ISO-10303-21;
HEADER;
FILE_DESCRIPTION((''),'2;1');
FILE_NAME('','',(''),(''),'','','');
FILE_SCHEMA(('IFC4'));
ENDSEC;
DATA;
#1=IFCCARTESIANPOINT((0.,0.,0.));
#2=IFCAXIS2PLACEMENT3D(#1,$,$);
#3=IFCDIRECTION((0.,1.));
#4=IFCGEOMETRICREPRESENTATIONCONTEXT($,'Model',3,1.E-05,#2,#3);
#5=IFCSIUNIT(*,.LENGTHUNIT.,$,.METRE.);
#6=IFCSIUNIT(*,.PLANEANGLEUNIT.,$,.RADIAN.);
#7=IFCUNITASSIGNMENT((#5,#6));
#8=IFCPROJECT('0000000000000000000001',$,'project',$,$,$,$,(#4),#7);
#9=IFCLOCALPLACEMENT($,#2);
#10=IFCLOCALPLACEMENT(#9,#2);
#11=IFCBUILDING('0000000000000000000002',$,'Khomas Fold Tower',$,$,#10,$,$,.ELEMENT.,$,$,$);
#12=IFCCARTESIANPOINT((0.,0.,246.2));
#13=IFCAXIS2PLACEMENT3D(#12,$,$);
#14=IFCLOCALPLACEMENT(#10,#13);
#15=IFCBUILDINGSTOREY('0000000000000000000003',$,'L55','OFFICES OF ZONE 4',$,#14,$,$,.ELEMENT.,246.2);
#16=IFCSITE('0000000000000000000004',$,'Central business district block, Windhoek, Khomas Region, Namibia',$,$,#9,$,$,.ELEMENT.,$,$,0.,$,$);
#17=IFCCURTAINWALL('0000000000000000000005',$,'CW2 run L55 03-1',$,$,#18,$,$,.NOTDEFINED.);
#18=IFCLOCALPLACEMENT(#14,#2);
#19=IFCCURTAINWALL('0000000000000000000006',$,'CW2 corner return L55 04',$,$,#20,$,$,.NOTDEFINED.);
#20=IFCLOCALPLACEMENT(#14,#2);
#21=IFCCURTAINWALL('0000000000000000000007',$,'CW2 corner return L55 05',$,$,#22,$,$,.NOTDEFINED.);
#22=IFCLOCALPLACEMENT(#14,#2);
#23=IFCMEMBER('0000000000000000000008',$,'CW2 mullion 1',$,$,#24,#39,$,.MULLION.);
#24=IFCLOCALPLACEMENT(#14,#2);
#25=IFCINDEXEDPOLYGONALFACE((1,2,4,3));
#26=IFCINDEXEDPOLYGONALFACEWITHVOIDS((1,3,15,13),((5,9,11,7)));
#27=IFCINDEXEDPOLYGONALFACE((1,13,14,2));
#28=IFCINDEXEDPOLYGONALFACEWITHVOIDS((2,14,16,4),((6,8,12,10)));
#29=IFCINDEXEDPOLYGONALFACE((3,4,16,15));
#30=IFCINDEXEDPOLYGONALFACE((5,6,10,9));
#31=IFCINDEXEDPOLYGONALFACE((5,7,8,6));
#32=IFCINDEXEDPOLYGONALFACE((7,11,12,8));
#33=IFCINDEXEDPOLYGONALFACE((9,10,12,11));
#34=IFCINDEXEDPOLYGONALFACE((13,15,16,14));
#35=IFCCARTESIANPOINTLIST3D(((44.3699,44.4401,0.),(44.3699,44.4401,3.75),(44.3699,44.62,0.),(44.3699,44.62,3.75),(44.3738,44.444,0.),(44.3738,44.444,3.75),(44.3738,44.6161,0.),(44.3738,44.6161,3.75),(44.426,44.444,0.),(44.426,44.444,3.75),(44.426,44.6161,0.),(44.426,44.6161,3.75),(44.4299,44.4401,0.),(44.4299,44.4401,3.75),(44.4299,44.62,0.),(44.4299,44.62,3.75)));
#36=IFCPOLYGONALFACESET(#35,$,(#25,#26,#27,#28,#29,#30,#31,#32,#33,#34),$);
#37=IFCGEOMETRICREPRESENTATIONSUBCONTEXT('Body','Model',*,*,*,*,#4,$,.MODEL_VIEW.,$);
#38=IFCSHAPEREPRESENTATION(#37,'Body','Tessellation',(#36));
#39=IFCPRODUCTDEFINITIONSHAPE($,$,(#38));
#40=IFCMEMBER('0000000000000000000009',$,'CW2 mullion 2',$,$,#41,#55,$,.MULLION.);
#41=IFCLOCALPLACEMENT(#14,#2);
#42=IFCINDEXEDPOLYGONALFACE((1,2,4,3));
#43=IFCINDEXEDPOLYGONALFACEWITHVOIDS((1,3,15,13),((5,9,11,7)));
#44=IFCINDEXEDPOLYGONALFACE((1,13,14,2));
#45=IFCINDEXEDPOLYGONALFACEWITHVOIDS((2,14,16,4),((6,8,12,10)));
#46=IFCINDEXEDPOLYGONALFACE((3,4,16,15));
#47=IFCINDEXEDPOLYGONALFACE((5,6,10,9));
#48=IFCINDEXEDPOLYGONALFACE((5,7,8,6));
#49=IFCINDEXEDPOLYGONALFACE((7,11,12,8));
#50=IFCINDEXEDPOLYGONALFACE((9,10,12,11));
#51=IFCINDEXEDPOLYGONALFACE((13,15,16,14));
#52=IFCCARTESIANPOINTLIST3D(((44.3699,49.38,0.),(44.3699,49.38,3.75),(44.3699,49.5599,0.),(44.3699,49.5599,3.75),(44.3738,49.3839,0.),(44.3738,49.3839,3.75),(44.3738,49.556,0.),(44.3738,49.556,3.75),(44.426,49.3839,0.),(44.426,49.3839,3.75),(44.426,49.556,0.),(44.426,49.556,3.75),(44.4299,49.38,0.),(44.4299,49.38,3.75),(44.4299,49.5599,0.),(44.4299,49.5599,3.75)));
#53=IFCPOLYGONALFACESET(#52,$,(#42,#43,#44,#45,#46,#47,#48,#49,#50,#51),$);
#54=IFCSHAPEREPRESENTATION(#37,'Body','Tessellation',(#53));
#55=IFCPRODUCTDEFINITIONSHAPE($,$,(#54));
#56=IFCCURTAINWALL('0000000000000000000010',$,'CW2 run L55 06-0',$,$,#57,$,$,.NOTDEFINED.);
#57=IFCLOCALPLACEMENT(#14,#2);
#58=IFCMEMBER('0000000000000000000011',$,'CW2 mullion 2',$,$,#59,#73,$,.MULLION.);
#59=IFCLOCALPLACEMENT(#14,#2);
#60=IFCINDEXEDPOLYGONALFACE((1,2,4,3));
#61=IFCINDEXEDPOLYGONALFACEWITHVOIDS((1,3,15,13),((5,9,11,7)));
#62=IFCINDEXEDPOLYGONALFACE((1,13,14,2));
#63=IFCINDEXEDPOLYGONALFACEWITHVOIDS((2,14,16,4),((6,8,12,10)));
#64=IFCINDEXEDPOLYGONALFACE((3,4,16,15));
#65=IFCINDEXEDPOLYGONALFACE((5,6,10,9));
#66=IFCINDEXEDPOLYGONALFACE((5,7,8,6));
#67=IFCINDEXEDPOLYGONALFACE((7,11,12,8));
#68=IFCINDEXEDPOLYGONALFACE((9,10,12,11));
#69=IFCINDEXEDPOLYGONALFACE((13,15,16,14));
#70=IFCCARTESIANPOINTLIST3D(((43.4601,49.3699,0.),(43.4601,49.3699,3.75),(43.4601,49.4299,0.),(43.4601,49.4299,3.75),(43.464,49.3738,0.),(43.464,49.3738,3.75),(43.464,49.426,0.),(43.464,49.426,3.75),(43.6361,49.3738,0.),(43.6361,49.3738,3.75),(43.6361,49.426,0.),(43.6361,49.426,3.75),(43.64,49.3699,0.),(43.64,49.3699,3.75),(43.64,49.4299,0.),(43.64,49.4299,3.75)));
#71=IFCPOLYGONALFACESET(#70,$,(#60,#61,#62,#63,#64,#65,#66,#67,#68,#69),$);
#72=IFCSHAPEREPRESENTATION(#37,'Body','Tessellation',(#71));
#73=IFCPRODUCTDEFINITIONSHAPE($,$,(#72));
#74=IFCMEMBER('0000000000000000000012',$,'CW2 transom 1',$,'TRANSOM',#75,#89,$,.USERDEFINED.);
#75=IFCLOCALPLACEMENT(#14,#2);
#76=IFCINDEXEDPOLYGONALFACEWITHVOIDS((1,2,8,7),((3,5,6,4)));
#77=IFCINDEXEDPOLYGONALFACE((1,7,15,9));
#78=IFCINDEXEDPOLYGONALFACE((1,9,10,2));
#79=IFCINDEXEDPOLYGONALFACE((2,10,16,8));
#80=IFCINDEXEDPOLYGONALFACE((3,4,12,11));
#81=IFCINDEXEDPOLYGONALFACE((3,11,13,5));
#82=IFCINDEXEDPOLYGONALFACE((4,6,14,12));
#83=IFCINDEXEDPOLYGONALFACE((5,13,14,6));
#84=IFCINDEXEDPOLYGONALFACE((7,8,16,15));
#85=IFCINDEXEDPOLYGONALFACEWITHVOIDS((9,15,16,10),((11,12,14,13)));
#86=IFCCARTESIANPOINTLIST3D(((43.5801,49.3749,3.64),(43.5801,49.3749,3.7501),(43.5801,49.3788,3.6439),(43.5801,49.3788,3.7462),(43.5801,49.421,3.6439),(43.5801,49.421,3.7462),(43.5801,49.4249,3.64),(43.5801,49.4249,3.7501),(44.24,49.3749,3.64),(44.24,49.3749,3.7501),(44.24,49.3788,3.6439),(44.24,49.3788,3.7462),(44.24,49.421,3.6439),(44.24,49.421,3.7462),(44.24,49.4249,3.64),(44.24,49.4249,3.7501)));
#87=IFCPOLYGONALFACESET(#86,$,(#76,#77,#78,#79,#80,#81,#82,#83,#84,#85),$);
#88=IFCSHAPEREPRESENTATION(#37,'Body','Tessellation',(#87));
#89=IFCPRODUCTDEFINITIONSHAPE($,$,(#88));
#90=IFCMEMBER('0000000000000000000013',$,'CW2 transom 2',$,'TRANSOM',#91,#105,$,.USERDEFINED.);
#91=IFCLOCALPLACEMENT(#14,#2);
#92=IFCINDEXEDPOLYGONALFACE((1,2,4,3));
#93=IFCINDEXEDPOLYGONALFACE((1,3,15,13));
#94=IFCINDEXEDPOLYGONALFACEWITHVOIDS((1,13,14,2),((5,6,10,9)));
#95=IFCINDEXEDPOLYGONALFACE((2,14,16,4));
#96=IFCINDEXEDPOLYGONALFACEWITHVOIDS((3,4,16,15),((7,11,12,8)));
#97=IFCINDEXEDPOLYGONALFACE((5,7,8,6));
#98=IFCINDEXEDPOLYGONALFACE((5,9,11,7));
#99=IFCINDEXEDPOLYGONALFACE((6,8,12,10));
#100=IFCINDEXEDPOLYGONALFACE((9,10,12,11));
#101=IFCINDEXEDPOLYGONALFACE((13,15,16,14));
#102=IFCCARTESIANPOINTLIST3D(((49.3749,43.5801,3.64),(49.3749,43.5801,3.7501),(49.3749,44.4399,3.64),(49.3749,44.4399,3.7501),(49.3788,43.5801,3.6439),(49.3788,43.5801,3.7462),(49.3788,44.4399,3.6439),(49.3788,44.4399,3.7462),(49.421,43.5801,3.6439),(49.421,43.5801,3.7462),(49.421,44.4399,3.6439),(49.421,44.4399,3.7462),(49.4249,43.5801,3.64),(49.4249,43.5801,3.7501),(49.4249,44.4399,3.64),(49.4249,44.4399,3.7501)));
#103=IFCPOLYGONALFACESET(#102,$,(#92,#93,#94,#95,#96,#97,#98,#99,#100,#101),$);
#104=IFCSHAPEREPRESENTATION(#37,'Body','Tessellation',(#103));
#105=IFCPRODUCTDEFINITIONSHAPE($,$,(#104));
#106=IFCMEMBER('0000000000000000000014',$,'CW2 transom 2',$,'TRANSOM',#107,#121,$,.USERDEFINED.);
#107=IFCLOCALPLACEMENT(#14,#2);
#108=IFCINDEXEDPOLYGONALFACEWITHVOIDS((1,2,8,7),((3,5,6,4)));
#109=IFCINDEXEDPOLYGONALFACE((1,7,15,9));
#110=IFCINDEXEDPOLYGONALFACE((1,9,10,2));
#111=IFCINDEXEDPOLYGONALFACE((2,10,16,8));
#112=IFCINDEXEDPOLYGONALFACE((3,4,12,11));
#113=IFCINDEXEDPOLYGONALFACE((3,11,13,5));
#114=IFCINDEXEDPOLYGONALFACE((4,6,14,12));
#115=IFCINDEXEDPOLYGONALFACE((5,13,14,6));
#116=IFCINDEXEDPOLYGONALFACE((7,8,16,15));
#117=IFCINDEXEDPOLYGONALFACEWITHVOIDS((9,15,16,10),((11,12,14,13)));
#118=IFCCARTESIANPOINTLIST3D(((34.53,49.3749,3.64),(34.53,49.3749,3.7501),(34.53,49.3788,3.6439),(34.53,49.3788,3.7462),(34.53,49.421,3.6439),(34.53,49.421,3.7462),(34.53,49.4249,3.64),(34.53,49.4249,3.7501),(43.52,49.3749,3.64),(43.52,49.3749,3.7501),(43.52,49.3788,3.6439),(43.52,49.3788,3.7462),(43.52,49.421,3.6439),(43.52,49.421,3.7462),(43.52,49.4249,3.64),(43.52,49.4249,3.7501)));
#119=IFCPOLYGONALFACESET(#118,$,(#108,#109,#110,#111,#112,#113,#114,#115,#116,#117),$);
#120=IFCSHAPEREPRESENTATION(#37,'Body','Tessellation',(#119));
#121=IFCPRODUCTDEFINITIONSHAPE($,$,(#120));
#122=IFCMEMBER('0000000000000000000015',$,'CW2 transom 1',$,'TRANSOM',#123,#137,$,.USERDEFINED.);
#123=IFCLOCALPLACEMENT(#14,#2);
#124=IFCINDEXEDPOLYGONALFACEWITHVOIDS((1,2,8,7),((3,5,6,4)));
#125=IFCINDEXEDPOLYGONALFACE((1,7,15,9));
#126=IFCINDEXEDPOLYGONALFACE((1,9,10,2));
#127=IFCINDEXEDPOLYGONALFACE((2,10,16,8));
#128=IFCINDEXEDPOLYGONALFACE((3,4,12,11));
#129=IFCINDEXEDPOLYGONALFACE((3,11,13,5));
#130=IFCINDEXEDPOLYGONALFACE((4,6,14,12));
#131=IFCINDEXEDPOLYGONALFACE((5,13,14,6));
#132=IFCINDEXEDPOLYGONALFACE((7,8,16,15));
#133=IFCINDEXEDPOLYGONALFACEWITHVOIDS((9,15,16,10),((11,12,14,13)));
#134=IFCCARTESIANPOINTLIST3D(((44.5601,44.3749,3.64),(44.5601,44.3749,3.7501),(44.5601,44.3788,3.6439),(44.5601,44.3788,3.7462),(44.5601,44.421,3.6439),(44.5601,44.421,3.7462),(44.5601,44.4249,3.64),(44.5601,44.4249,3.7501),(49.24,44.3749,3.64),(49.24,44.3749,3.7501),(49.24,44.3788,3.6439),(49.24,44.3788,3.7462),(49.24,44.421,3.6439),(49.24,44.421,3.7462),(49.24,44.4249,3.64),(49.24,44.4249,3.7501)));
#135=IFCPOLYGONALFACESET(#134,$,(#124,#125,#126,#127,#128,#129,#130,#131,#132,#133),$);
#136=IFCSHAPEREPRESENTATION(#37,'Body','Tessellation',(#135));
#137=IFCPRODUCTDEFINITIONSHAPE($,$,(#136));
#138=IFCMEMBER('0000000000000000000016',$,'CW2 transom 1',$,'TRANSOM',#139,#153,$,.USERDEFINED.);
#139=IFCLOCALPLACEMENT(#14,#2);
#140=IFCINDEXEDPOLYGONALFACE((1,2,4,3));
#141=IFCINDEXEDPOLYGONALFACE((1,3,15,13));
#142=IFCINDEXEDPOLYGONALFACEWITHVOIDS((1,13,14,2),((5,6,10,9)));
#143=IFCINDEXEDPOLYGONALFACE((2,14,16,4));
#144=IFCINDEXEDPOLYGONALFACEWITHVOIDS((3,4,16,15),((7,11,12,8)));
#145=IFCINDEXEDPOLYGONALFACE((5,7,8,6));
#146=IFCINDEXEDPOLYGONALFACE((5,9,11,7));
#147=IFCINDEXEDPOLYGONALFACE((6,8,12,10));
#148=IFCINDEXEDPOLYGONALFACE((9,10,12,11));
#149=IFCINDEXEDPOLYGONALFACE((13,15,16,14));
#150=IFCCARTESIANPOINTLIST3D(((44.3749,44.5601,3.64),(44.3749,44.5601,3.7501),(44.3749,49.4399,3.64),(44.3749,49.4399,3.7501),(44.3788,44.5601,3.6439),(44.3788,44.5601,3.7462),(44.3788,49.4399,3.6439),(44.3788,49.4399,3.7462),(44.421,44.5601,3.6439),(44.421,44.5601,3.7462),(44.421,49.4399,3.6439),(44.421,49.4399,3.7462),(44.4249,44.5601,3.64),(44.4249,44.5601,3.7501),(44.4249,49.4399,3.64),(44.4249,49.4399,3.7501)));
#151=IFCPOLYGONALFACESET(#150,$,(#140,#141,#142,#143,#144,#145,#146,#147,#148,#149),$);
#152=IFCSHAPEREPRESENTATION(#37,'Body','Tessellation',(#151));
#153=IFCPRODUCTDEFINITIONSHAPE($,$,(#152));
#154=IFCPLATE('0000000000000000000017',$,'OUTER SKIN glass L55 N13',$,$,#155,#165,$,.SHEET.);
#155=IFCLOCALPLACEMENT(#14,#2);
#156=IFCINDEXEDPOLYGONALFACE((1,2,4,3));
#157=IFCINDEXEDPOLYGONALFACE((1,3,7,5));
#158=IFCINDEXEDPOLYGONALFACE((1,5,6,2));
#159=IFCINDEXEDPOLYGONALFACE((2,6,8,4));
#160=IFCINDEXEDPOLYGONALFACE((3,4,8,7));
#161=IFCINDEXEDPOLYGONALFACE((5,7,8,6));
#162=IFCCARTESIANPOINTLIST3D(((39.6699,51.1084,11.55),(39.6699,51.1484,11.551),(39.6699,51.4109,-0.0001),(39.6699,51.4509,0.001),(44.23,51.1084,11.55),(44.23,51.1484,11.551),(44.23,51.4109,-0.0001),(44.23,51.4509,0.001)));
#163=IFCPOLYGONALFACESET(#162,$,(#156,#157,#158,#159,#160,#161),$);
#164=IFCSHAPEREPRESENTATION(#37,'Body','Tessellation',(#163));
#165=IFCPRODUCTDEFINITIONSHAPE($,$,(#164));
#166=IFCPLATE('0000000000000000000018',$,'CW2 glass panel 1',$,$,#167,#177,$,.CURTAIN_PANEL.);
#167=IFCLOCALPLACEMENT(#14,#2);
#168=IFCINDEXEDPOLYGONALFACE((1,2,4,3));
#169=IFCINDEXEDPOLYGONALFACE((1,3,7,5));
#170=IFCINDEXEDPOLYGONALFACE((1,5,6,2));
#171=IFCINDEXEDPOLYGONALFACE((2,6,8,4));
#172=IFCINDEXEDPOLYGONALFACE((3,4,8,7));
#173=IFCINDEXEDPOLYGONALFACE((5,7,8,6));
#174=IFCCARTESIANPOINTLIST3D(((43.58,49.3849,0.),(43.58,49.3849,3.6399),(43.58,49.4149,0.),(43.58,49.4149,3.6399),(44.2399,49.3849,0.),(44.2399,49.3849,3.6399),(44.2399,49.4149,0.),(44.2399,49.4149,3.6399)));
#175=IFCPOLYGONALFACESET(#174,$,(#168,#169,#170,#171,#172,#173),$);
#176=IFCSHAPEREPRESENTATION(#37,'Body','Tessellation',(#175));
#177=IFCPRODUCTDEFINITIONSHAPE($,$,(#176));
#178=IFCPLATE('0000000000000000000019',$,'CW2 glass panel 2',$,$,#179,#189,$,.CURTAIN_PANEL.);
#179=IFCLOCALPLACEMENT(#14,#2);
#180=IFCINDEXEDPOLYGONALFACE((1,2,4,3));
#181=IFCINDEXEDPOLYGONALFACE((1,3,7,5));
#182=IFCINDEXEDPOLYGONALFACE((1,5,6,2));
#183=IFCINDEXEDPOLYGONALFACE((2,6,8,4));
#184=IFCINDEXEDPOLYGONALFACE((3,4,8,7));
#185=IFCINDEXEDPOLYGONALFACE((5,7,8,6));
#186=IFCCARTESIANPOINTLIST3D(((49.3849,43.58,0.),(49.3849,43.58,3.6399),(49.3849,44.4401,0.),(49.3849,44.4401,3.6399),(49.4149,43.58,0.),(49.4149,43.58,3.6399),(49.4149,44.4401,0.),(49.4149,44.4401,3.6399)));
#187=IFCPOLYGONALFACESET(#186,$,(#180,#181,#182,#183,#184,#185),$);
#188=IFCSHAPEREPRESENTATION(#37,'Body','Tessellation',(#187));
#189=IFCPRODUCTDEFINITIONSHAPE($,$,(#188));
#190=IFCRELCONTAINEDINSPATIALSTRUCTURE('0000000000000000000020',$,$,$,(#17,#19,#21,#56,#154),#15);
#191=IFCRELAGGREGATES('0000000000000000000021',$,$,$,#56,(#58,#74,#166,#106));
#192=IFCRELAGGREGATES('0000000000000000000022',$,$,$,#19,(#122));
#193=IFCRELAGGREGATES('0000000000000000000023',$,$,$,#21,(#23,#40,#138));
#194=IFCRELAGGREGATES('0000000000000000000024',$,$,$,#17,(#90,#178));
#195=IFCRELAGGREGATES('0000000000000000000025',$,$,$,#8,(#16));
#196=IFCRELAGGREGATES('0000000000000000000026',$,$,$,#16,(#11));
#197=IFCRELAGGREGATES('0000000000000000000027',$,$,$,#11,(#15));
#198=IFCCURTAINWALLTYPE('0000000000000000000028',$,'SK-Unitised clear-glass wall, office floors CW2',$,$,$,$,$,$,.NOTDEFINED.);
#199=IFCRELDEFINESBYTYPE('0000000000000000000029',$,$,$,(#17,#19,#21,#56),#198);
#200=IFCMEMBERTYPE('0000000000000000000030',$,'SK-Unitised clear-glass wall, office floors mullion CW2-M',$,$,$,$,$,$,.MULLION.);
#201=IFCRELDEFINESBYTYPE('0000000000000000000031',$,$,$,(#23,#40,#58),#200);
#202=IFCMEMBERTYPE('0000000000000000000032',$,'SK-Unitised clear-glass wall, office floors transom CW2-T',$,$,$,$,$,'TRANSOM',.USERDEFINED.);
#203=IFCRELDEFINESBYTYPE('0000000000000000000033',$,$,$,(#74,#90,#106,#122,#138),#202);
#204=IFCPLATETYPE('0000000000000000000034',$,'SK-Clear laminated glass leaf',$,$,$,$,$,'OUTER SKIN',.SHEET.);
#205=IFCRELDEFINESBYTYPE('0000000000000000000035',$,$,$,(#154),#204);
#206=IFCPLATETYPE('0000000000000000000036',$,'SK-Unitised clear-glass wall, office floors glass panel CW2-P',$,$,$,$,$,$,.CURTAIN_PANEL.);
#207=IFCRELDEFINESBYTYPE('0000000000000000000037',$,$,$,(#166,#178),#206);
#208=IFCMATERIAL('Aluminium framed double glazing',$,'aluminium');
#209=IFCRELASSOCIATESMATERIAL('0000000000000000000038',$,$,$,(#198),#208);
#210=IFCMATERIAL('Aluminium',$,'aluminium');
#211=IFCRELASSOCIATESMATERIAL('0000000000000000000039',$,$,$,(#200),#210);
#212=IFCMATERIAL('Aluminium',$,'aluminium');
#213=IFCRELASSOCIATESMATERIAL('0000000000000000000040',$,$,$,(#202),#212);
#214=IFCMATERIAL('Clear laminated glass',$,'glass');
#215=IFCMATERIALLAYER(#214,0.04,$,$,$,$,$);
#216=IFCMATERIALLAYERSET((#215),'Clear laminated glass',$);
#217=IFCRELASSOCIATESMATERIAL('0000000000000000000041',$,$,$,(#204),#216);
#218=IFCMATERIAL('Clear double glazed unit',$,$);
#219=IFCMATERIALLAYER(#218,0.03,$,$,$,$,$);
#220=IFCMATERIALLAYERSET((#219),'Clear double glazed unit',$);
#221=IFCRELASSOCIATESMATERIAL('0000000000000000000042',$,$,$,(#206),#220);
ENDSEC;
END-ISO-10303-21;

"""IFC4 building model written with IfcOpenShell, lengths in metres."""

from ifc_helpers import new_model, si_unit, direction, frame, origin, origin_2d, place, context, subcontext, project, spatial, polyline, rectangle, hollow_rectangle, outline, extrude, source, transform, mapped, material, layer, layer_set, material_profile, profile_set, type_object, element, aggregate, save


model = new_model("IFC4")

# Units and contexts
model_context = context("Model", 3, precision=1e-05, world=origin(), true_north=direction((0.0, 1.0)))
body_context = subcontext(model_context, "Body", "Model", "MODEL_VIEW")
ifc_project = project(units=[si_unit("LENGTHUNIT", "METRE"), si_unit("PLANEANGLEUNIT", "RADIAN")], contexts=[model_context])

# Site, building, storey
site_placement = place(None, origin())
site = spatial("IfcSite", under=ifc_project, at=site_placement, Name="Central business district block, Windhoek, Khomas Region, Namibia", CompositionType="ELEMENT", RefElevation=0.0)
building_placement = place(site_placement, origin())
building = spatial("IfcBuilding", under=site, at=building_placement, Name="Khomas Fold Tower", CompositionType="ELEMENT")
storey_placement = place(building_placement, frame((0.0, 0.0, 246.2)))
storey = spatial("IfcBuildingStorey", under=building, at=storey_placement, Name="L55", Description="OFFICES OF ZONE 4", CompositionType="ELEMENT", Elevation=246.2)

# Curtain walls, members
ifc_material_1 = material(Name="Aluminium framed double glazing", Category="aluminium")
curtain_wall_type = type_object("IfcCurtainWallType", Name="SK-Unitised clear-glass wall, office floors CW2", PredefinedType="NOTDEFINED", material=ifc_material_1)
curtain_wall_1_placement = place(storey_placement, origin())
curtain_wall_1 = element("IfcCurtainWall", 1, at=curtain_wall_1_placement, inside=storey, type_object=curtain_wall_type, Name="CW2 run L55 03-1", PredefinedType="NOTDEFINED")
ifc_material_2 = material(Name="Aluminium", Category="aluminium")
ifc_material_profile_1 = material_profile(ifc_material_2, hollow_rectangle(XDim=0.0601, YDim=0.1799, WallThickness=0.0039, at=origin_2d()), Name="SK-Unitised clear-glass wall, office floors mullion CW2-M")
ifc_profile_set_1 = profile_set([ifc_material_profile_1], Name="Aluminium")
member_type_1 = type_object("IfcMemberType", Name="SK-Unitised clear-glass wall, office floors mullion CW2-M", PredefinedType="MULLION", material=ifc_profile_set_1)
shared_shape_1 = source(origin(), body_context, "Body", "SweptSolid", [
    extrude(hollow_rectangle(XDim=0.0601, YDim=0.1799, WallThickness=0.0039, at=origin_2d()), origin(), (0.0, 0.0, 1.0), 3.75),
])
curtain_wall_2_placement = place(storey_placement, origin())
curtain_wall_2 = element("IfcCurtainWall", 2, at=curtain_wall_2_placement, inside=storey, type_object=curtain_wall_type, Name="CW2 corner return L55 04", PredefinedType="NOTDEFINED")
curtain_wall_3_placement = place(storey_placement, origin())
curtain_wall_3 = element("IfcCurtainWall", 3, at=curtain_wall_3_placement, inside=storey, type_object=curtain_wall_type, Name="CW2 corner return L55 05", PredefinedType="NOTDEFINED")
member_1_placement = place(storey_placement, frame((44.3999, 44.53, 0.0), z_axis=(0.0, 0.0, 1.0), x_axis=(-1.0, 0.0, 0.0)))
member_1 = element("IfcMember", 4, at=member_1_placement, type_object=member_type_1, Name="CW2 mullion 1", PredefinedType="MULLION", context=body_context, shape_type="MappedRepresentation", body=[
    mapped(shared_shape_1, transform((0.0, 0.0, 0.0))),
])
member_2_placement = place(storey_placement, frame((44.3999, 49.47, 0.0), z_axis=(0.0, 0.0, 1.0), x_axis=(-1.0, 0.0, 0.0)))
member_2 = element("IfcMember", 5, at=member_2_placement, type_object=member_type_1, Name="CW2 mullion 2", PredefinedType="MULLION", context=body_context, shape_type="MappedRepresentation", body=[
    mapped(shared_shape_1, transform((0.0, 0.0, 0.0))),
])
curtain_wall_4_placement = place(storey_placement, origin())
curtain_wall_4 = element("IfcCurtainWall", 6, at=curtain_wall_4_placement, inside=storey, type_object=curtain_wall_type, Name="CW2 run L55 06-0", PredefinedType="NOTDEFINED")
member_3_placement = place(storey_placement, frame((43.55, 49.3999, 0.0), z_axis=(0.0, 0.0, 1.0), x_axis=(0.0, -1.0, 0.0)))
member_3 = element("IfcMember", 7, at=member_3_placement, type_object=member_type_1, Name="CW2 mullion 2", PredefinedType="MULLION", context=body_context, shape_type="MappedRepresentation", body=[
    mapped(shared_shape_1, transform((0.0, 0.0, 0.0))),
])
ifc_material_3 = material(Name="Aluminium", Category="aluminium")
ifc_material_profile_2 = material_profile(ifc_material_3, hollow_rectangle(XDim=0.05, YDim=0.1101, WallThickness=0.0039, at=origin_2d()), Name="SK-Unitised clear-glass wall, office floors transom CW2-T")
ifc_profile_set_2 = profile_set([ifc_material_profile_2], Name="Aluminium")
member_type_2 = type_object("IfcMemberType", Name="SK-Unitised clear-glass wall, office floors transom CW2-T", ElementType="TRANSOM", PredefinedType="USERDEFINED", material=ifc_profile_set_2)
shared_shape_2 = source(origin(), body_context, "Body", "SweptSolid", [
    extrude(hollow_rectangle(XDim=0.05, YDim=0.1101, WallThickness=0.0039, at=origin_2d()), origin(), (0.0, 0.0, 1.0), 0.6599),
])
member_4_placement = place(storey_placement, frame((44.24, 49.3999, 3.6951), z_axis=(-1.0, 0.0, 0.0), x_axis=(0.0, -1.0, 0.0)))
member_4 = element("IfcMember", 8, at=member_4_placement, type_object=member_type_2, Name="CW2 transom 1", ObjectType="TRANSOM", PredefinedType="USERDEFINED", context=body_context, shape_type="MappedRepresentation", body=[
    mapped(shared_shape_2, transform((0.0, 0.0, 0.0))),
])

# Members
shared_shape_3 = source(origin(), body_context, "Body", "SweptSolid", [
    extrude(hollow_rectangle(XDim=0.05, YDim=0.1101, WallThickness=0.0039, at=origin_2d()), origin(), (0.0, 0.0, 1.0), 0.8599),
])
member_5_placement = place(storey_placement, frame((49.3999, 43.5801, 3.6951), z_axis=(0.0, 1.0, 0.0), x_axis=(-1.0, 0.0, 0.0)))
member_5 = element("IfcMember", 9, at=member_5_placement, type_object=member_type_2, Name="CW2 transom 2", ObjectType="TRANSOM", PredefinedType="USERDEFINED", context=body_context, shape_type="MappedRepresentation", body=[
    mapped(shared_shape_3, transform((0.0, 0.0, 0.0))),
])
shared_shape_4 = source(origin(), body_context, "Body", "SweptSolid", [
    extrude(hollow_rectangle(XDim=0.05, YDim=0.1101, WallThickness=0.0039, at=origin_2d()), origin(), (0.0, 0.0, 1.0), 8.99),
])
member_6_placement = place(storey_placement, frame((43.52, 49.3999, 3.6951), z_axis=(-1.0, 0.0, 0.0), x_axis=(0.0, -1.0, 0.0)))
member_6 = element("IfcMember", 10, at=member_6_placement, type_object=member_type_2, Name="CW2 transom 2", ObjectType="TRANSOM", PredefinedType="USERDEFINED", context=body_context, shape_type="MappedRepresentation", body=[
    mapped(shared_shape_4, transform((0.0, 0.0, 0.0))),
])
shared_shape_5 = source(origin(), body_context, "Body", "SweptSolid", [
    extrude(hollow_rectangle(XDim=0.05, YDim=0.1101, WallThickness=0.0039, at=origin_2d()), origin(), (0.0, 0.0, 1.0), 4.6799),
])
member_7_placement = place(storey_placement, frame((49.24, 44.3999, 3.6951), z_axis=(-1.0, 0.0, 0.0), x_axis=(0.0, -1.0, 0.0)))
member_7 = element("IfcMember", 11, at=member_7_placement, type_object=member_type_2, Name="CW2 transom 1", ObjectType="TRANSOM", PredefinedType="USERDEFINED", context=body_context, shape_type="MappedRepresentation", body=[
    mapped(shared_shape_5, transform((0.0, 0.0, 0.0))),
])
shared_shape_6 = source(origin(), body_context, "Body", "SweptSolid", [
    extrude(hollow_rectangle(XDim=0.05, YDim=0.1101, WallThickness=0.0039, at=origin_2d()), origin(), (0.0, 0.0, 1.0), 4.8799),
])
member_8_placement = place(storey_placement, frame((44.3999, 44.5601, 3.6951), z_axis=(0.0, 1.0, 0.0), x_axis=(-1.0, 0.0, 0.0)))
member_8 = element("IfcMember", 12, at=member_8_placement, type_object=member_type_2, Name="CW2 transom 1", ObjectType="TRANSOM", PredefinedType="USERDEFINED", context=body_context, shape_type="MappedRepresentation", body=[
    mapped(shared_shape_6, transform((0.0, 0.0, 0.0))),
])

# Plates
ifc_material_4 = material(Name="Clear laminated glass", Category="glass")
ifc_layer_1 = layer(ifc_material_4, 0.04)
ifc_layer_set_1 = layer_set([ifc_layer_1], Name="Clear laminated glass")
plate_type_1 = type_object("IfcPlateType", Name="SK-Clear laminated glass leaf", ElementType="OUTER SKIN", PredefinedType="SHEET", material=ifc_layer_set_1)
plate_1_placement = place(storey_placement, frame((39.6699, 51.4509, 0.001), z_axis=(0.0, 0.999657, 0.026181), x_axis=(1.0, 0.0, 0.0)))
element("IfcPlate", 13, at=plate_1_placement, inside=storey, type_object=plate_type_1, Name="OUTER SKIN glass L55 N13", PredefinedType="SHEET", context=body_context, shape_type="SweptSolid", body=[
    extrude(outline(polyline([(0.0, 0.0), (4.5601, 0.0), (4.5601, -11.554), (0.0, -11.554), (0.0, 0.0)])), origin(), (0.0, 0.0, -1.0), 0.04),
])
ifc_material_5 = material(Name="Clear double glazed unit")
ifc_layer_2 = layer(ifc_material_5, 0.03)
ifc_layer_set_2 = layer_set([ifc_layer_2], Name="Clear double glazed unit")
plate_type_2 = type_object("IfcPlateType", Name="SK-Unitised clear-glass wall, office floors glass panel CW2-P", PredefinedType="CURTAIN_PANEL", material=ifc_layer_set_2)
shared_shape_7 = source(origin(), body_context, "Body", "SweptSolid", [
    extrude(rectangle(XDim=0.6599, YDim=0.03, at=origin_2d()), origin(), (0.0, 0.0, 1.0), 3.6399),
])
plate_2_placement = place(storey_placement, frame((43.9099, 49.3999, 0.0), z_axis=(0.0, 0.0, 1.0), x_axis=(-1.0, 0.0, 0.0)))
plate_2 = element("IfcPlate", 14, at=plate_2_placement, type_object=plate_type_2, Name="CW2 glass panel 1", PredefinedType="CURTAIN_PANEL", context=body_context, shape_type="MappedRepresentation", body=[
    mapped(shared_shape_7, transform((0.0, 0.0, 0.0))),
])
aggregate(curtain_wall_4, [member_3, member_4, plate_2, member_6])
shared_shape_8 = source(origin(), body_context, "Body", "SweptSolid", [
    extrude(rectangle(XDim=0.8601, YDim=0.03, at=origin_2d()), origin(), (0.0, 0.0, 1.0), 3.6399),
])
plate_3_placement = place(storey_placement, frame((49.3999, 44.01, 0.0), z_axis=(0.0, 0.0, 1.0), x_axis=(0.0, 1.0, 0.0)))
plate_3 = element("IfcPlate", 15, at=plate_3_placement, type_object=plate_type_2, Name="CW2 glass panel 2", PredefinedType="CURTAIN_PANEL", context=body_context, shape_type="MappedRepresentation", body=[
    mapped(shared_shape_8, transform((0.0, 0.0, 0.0))),
])
aggregate(curtain_wall_2, [member_7])
aggregate(curtain_wall_3, [member_1, member_2, member_8])
aggregate(curtain_wall_1, [member_5, plate_3])

save(model, "model.ifc")
